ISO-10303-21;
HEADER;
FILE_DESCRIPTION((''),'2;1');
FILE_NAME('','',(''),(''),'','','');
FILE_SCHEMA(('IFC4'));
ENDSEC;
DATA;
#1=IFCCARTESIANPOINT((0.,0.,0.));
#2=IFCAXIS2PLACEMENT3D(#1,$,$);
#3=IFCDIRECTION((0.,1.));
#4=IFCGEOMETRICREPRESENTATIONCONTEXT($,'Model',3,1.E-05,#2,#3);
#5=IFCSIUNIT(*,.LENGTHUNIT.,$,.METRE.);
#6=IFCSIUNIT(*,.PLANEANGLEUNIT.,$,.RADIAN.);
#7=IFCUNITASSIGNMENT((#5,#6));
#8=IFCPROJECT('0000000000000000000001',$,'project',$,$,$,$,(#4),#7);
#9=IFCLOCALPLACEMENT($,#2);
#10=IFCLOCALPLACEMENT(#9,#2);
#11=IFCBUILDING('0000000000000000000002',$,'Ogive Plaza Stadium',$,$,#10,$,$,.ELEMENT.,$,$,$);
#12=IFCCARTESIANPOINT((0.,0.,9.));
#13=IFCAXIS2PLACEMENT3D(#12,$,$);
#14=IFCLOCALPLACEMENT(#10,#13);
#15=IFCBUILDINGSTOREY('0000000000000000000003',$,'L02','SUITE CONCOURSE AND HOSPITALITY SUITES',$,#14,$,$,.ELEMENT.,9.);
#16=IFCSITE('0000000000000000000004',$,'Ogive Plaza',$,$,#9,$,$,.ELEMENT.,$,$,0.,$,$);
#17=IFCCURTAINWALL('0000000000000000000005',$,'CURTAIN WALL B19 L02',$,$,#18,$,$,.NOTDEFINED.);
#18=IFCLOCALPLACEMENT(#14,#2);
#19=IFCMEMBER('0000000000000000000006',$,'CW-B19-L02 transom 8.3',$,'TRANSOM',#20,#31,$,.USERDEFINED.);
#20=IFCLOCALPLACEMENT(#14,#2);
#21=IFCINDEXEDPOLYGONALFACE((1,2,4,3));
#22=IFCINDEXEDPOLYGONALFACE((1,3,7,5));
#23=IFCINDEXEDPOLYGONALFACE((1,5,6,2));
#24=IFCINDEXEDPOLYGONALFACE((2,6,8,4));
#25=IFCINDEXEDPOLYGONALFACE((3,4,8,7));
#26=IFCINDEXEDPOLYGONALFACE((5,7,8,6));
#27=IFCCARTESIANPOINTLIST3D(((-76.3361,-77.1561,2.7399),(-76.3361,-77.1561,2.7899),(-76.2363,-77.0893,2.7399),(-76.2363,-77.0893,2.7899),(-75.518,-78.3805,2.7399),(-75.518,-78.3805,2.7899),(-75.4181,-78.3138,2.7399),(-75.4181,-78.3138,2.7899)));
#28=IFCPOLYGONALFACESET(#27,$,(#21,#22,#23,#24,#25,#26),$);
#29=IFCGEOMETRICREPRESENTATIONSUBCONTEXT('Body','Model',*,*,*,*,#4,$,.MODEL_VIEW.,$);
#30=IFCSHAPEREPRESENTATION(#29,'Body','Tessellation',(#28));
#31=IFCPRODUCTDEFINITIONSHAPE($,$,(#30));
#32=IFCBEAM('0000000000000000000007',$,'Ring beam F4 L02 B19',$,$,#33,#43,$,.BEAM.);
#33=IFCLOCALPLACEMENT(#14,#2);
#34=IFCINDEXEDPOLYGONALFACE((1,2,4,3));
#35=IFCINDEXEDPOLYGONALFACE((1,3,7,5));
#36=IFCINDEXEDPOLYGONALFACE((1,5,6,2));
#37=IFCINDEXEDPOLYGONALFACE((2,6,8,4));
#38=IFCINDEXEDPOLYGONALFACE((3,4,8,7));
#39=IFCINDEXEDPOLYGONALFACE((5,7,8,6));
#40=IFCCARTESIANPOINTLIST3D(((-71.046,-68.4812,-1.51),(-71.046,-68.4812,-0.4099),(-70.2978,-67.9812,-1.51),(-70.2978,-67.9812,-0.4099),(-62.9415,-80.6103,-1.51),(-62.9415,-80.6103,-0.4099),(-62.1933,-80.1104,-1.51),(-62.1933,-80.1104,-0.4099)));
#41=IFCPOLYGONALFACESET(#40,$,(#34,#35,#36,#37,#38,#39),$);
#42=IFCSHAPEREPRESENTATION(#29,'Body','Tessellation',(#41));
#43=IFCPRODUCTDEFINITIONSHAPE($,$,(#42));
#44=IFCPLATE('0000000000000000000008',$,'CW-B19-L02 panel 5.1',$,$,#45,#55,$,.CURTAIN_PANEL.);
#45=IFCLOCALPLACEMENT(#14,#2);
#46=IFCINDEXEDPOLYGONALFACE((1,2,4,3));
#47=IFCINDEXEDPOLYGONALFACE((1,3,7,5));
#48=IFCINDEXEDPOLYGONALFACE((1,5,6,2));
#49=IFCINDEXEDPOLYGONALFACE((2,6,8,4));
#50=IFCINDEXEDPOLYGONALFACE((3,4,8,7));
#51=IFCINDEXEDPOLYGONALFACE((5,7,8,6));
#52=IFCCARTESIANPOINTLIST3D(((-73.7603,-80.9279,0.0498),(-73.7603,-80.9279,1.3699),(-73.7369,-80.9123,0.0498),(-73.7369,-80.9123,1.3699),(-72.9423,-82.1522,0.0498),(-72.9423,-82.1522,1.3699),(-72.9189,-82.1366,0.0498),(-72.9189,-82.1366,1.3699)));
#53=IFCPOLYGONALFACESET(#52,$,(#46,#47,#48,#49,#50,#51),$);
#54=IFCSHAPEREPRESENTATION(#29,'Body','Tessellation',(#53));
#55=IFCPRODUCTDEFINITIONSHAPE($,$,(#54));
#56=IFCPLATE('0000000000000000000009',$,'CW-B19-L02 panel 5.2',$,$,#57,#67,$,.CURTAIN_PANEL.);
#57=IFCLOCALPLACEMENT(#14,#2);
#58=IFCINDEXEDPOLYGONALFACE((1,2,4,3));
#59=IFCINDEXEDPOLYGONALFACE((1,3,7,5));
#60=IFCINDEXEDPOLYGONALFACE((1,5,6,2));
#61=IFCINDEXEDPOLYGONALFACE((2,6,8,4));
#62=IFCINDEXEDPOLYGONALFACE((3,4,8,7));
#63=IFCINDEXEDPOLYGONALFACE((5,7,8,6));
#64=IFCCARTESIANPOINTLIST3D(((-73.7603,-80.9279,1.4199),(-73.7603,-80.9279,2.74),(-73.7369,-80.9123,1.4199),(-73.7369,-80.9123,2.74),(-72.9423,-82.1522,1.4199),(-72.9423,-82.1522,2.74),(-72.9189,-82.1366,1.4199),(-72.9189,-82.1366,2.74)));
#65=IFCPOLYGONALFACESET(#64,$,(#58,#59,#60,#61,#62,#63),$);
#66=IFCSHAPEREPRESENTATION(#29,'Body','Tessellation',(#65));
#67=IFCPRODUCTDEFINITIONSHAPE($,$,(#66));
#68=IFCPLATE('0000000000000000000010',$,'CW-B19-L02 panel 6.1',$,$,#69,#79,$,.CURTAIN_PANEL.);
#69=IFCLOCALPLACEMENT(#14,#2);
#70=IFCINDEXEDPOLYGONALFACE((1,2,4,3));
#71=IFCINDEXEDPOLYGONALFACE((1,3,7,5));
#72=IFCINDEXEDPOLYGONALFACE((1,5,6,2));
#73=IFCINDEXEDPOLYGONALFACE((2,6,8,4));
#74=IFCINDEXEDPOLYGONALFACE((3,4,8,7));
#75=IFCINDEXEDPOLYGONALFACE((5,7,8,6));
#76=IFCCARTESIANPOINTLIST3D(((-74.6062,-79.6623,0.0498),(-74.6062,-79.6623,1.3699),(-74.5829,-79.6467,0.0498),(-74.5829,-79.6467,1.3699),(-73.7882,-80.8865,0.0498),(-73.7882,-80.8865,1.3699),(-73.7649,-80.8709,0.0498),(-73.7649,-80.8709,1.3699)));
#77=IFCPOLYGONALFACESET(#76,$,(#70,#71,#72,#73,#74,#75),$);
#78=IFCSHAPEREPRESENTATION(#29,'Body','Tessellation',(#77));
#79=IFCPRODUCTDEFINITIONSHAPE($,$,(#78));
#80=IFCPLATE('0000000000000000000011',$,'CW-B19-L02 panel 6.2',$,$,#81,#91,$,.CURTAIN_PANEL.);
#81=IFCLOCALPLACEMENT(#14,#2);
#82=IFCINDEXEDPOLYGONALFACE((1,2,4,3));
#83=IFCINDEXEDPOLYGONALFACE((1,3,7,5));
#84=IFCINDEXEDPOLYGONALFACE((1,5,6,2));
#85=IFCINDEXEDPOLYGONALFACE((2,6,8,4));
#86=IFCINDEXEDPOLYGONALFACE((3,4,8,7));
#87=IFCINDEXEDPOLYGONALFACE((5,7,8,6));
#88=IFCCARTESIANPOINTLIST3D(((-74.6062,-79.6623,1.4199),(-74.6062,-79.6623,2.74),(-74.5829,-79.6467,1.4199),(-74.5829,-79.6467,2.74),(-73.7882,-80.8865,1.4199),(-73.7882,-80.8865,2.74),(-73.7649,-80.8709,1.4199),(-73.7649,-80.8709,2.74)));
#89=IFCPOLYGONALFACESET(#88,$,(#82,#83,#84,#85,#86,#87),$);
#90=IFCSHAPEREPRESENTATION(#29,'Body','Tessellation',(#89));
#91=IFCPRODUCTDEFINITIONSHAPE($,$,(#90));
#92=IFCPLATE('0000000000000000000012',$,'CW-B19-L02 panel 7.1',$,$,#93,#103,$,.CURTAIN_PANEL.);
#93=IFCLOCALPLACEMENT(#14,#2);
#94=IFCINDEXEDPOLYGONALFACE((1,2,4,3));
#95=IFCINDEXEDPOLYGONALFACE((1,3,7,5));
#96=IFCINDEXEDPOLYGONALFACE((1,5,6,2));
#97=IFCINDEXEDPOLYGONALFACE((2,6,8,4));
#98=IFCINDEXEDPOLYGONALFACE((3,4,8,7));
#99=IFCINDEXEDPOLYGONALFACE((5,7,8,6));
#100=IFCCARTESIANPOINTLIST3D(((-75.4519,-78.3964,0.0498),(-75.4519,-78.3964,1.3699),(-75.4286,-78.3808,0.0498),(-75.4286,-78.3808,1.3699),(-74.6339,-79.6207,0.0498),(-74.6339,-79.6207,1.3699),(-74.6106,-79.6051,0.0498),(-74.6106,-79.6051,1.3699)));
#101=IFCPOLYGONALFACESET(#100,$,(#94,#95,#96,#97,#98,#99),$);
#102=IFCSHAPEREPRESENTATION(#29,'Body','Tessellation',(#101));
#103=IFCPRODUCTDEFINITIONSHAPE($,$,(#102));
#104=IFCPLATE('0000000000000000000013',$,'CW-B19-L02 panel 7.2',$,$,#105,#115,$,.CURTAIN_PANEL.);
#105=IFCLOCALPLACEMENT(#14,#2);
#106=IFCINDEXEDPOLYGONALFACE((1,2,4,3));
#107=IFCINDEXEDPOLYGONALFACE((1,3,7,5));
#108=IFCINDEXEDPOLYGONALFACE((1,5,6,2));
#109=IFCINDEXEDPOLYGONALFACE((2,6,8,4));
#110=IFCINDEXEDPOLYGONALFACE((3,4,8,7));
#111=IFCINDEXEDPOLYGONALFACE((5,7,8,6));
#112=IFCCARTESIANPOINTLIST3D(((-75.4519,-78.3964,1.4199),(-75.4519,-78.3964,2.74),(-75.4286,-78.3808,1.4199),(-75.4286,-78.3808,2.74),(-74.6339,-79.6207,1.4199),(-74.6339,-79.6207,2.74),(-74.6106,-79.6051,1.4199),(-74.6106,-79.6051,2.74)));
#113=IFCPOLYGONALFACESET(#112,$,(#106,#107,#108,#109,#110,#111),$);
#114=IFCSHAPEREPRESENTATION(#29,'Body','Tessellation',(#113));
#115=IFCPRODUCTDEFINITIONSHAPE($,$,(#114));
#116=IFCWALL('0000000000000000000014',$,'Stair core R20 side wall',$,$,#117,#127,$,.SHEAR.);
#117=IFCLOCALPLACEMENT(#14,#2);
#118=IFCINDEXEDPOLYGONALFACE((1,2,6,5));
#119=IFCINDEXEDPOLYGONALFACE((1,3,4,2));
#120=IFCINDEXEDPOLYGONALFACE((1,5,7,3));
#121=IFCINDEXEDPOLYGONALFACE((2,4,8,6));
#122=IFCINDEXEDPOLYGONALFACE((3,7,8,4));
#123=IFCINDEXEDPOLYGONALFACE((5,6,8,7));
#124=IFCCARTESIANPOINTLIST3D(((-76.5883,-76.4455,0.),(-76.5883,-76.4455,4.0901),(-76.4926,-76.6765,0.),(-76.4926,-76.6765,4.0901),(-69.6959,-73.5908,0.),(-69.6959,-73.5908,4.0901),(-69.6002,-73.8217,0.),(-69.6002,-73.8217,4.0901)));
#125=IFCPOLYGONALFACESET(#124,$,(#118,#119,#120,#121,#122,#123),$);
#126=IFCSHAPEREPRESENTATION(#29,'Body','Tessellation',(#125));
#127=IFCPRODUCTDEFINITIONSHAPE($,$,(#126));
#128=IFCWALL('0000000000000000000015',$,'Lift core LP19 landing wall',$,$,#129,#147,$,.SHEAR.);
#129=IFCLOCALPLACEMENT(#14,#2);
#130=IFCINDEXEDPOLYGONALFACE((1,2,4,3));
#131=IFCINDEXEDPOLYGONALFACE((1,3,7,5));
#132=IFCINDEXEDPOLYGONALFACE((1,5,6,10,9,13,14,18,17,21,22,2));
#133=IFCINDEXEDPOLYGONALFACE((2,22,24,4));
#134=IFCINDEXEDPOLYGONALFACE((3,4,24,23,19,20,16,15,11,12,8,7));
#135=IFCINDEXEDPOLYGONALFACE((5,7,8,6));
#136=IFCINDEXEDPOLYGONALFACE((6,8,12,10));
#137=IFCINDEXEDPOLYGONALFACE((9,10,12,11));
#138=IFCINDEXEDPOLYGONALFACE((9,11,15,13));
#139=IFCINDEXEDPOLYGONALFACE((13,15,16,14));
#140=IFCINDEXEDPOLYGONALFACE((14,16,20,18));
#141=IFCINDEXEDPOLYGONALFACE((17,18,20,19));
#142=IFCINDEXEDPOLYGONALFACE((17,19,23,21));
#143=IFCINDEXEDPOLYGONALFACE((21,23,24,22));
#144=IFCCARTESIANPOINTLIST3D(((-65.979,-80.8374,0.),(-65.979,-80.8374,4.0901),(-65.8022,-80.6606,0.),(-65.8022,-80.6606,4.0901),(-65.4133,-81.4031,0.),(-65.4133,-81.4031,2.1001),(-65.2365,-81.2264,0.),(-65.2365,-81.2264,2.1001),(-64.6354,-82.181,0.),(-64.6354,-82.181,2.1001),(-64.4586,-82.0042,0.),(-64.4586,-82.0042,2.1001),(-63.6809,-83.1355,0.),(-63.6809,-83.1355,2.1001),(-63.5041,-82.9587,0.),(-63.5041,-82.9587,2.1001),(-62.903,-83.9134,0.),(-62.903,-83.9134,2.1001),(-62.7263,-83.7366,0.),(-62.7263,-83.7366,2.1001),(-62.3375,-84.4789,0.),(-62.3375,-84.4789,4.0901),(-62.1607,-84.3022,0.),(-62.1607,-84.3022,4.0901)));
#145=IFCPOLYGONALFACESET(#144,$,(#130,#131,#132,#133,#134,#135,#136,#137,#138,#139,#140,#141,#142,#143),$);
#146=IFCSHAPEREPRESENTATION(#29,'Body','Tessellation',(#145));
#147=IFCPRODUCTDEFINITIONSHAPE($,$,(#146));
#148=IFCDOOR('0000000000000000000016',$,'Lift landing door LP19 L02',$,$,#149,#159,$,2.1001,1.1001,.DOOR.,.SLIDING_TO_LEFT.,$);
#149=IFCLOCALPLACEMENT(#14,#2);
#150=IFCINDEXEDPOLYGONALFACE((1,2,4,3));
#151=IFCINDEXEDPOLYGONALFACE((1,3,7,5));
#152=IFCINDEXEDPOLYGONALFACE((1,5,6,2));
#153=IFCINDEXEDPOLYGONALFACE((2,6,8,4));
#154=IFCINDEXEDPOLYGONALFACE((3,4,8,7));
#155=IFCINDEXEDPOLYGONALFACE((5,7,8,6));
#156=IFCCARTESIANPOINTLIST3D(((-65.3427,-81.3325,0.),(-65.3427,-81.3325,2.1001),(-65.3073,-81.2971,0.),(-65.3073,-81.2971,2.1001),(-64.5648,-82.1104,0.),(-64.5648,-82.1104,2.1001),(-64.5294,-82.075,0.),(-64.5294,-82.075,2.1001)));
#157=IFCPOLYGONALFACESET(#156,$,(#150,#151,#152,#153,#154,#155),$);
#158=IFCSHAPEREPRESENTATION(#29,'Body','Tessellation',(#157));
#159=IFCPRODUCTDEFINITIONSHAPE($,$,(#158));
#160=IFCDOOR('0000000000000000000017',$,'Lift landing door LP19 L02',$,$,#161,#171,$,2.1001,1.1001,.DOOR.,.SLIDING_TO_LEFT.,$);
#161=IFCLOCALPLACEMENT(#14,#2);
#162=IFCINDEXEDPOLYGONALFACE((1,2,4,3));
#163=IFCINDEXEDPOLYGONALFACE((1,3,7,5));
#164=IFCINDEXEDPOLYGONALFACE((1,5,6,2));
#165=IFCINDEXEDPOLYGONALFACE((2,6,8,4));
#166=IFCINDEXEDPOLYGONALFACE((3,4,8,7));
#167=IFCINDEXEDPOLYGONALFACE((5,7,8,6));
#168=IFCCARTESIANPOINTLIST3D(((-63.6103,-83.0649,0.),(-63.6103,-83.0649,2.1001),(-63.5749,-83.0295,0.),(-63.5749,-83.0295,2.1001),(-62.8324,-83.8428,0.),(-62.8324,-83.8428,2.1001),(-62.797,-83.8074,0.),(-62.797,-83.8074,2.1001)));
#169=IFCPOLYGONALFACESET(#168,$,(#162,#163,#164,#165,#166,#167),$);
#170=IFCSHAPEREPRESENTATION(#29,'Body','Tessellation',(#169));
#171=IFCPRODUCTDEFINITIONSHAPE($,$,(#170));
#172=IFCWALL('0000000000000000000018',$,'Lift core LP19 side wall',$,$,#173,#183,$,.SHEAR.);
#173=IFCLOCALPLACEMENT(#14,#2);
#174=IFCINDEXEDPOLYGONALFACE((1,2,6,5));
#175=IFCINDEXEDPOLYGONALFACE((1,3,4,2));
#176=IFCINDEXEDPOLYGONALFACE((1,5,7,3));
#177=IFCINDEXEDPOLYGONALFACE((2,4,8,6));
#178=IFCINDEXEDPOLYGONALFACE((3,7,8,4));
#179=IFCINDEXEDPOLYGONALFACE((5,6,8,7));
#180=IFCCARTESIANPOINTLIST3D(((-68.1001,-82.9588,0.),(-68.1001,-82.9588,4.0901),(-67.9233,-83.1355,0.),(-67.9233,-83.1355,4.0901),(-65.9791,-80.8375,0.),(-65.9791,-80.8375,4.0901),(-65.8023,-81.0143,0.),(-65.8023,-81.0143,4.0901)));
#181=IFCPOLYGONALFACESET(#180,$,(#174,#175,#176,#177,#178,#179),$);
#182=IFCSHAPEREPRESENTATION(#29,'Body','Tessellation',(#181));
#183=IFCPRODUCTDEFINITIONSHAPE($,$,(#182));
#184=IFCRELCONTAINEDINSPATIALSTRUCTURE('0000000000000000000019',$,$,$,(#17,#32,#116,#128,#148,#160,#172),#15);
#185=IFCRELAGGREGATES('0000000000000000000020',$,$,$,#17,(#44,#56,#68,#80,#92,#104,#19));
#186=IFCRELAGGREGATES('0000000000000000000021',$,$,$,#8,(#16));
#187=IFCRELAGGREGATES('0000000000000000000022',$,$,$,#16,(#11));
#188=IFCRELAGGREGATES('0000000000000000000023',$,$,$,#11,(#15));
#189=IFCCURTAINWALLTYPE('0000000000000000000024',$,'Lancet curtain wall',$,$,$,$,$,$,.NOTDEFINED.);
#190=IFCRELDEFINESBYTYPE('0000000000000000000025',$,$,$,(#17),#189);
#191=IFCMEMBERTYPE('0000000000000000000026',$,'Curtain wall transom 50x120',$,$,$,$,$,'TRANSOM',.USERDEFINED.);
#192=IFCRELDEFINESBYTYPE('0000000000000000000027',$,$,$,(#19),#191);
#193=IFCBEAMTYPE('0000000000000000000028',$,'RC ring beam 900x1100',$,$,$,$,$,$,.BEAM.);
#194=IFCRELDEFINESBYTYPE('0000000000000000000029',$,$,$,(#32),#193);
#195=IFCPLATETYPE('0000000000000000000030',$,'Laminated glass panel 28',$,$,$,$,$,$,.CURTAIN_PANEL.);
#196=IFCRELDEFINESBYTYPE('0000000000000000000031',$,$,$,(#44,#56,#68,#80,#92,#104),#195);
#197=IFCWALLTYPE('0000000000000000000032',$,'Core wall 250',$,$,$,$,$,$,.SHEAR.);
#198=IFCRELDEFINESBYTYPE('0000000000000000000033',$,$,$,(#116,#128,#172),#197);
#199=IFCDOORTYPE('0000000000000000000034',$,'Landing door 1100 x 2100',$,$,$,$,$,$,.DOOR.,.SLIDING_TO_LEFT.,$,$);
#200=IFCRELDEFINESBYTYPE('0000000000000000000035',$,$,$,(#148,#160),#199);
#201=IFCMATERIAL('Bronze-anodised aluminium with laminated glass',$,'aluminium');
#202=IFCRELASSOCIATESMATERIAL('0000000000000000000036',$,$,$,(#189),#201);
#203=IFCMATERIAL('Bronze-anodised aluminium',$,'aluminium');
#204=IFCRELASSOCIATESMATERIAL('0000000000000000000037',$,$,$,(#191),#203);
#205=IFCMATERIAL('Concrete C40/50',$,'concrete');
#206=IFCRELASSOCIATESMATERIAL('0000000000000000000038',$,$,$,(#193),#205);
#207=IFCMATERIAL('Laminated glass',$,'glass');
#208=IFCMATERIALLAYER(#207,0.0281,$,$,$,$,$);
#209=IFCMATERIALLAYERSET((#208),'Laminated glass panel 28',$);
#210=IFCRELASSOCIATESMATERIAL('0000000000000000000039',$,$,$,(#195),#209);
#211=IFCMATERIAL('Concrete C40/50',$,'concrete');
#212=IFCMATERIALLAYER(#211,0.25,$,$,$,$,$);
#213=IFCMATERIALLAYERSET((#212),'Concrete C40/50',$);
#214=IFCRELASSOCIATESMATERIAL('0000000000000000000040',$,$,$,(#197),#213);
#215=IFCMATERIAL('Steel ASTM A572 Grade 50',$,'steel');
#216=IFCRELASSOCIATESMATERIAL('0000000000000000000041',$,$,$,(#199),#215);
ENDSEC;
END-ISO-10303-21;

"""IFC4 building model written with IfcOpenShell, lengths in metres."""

from ifc_helpers import new_model, si_unit, direction, frame, frame_2d, origin, origin_2d, place, context, subcontext, project, spatial, rectangle, extrude, material, layer, layer_set, material_profile, profile_set, type_object, element, fill, aggregate, save


model = new_model("IFC4")

# Units and contexts
model_context = context("Model", 3, precision=1e-05, world=origin(), true_north=direction((0.0, 1.0)))
body_context = subcontext(model_context, "Body", "Model", "MODEL_VIEW")
ifc_project = project(units=[si_unit("LENGTHUNIT", "METRE"), si_unit("PLANEANGLEUNIT", "RADIAN")], contexts=[model_context])

# Site, building, storey
site_placement = place(None, origin())
site = spatial("IfcSite", under=ifc_project, at=site_placement, Name="Ogive Plaza", CompositionType="ELEMENT", RefElevation=0.0)
building_placement = place(site_placement, origin())
building = spatial("IfcBuilding", under=site, at=building_placement, Name="Ogive Plaza Stadium", CompositionType="ELEMENT")
storey_placement = place(building_placement, frame((0.0, 0.0, 9.0)))
storey = spatial("IfcBuildingStorey", under=building, at=storey_placement, Name="L02", Description="SUITE CONCOURSE AND HOSPITALITY SUITES", CompositionType="ELEMENT", Elevation=9.0)

# Curtain wall, member
ifc_material_1 = material(Name="Bronze-anodised aluminium with laminated glass", Category="aluminium")
curtain_wall_type = type_object("IfcCurtainWallType", Name="Lancet curtain wall", PredefinedType="NOTDEFINED", material=ifc_material_1)
curtain_wall_placement = place(storey_placement, origin())
curtain_wall = element("IfcCurtainWall", 1, at=curtain_wall_placement, inside=storey, type_object=curtain_wall_type, Name="CURTAIN WALL B19 L02", PredefinedType="NOTDEFINED")
ifc_material_2 = material(Name="Bronze-anodised aluminium", Category="aluminium")
ifc_material_profile_1 = material_profile(ifc_material_2, rectangle(XDim=0.1201, YDim=0.05, at=origin_2d()), Name="AL 120x50")
ifc_profile_set_1 = profile_set([ifc_material_profile_1], Name="Bronze-anodised aluminium")
member_type_1 = type_object("IfcMemberType", Name="Curtain wall transom 50x120", ElementType="TRANSOM", PredefinedType="USERDEFINED", material=ifc_profile_set_1)
member_1_placement = place(storey_placement, frame((-75.468, -78.3472, 2.7649), z_axis=(-0.55558, 0.831463, 0.0), x_axis=(-0.831463, -0.55558, 0.0)))
member_1 = element("IfcMember", 2, at=member_1_placement, type_object=member_type_1, Name="CW-B19-L02 transom 8.3", ObjectType="TRANSOM", PredefinedType="USERDEFINED", context=body_context, shape_type="SweptSolid", body=[
    extrude(rectangle(XDim=0.1201, YDim=0.05, at=origin_2d()), origin(), (0.0, 0.0, 1.0), 1.4727),
])

# Beam
ifc_material_3 = material(Name="Concrete C40/50", Category="concrete")
ifc_material_profile_2 = material_profile(ifc_material_3, rectangle(XDim=0.8999, YDim=1.1001, at=origin_2d()), Name="RC 900x1100")
ifc_profile_set_2 = profile_set([ifc_material_profile_2], Name="Concrete C40/50")
beam_type = type_object("IfcBeamType", Name="RC ring beam 900x1100", PredefinedType="BEAM", material=ifc_profile_set_2)
beam_placement = place(storey_placement, frame((-62.5674, -80.3604, -0.96), z_axis=(-0.555573, 0.831468, 0.0), x_axis=(-0.831468, -0.555573, 0.0)))
element("IfcBeam", 3, at=beam_placement, inside=storey, type_object=beam_type, Name="Ring beam F4 L02 B19", PredefinedType="BEAM", context=body_context, shape_type="SweptSolid", body=[
    extrude(rectangle(XDim=0.8999, YDim=1.1001, at=origin_2d()), origin(), (0.0, 0.0, 1.0), 14.5876),
])

# Plates
ifc_material_4 = material(Name="Laminated glass", Category="glass")
ifc_layer_1 = layer(ifc_material_4, 0.0281)
ifc_layer_set_1 = layer_set([ifc_layer_1], Name="Laminated glass panel 28")
plate_type = type_object("IfcPlateType", Name="Laminated glass panel 28", PredefinedType="CURTAIN_PANEL", material=ifc_layer_set_1)
plate_1_placement = place(storey_placement, frame((-73.3396, -81.5322, 0.0498), z_axis=(0.0, 0.0, 1.0), x_axis=(-0.55557, 0.83147, 0.0)))
plate_1 = element("IfcPlate", 4, at=plate_1_placement, type_object=plate_type, Name="CW-B19-L02 panel 5.1", PredefinedType="CURTAIN_PANEL", context=body_context, shape_type="SweptSolid", body=[
    extrude(rectangle(XDim=1.4724, YDim=0.0281, at=origin_2d()), origin(), (0.0, 0.0, 1.0), 1.3201),
])
plate_2_placement = place(storey_placement, frame((-73.3396, -81.5322, 1.4199), z_axis=(0.0, 0.0, 1.0), x_axis=(-0.55557, 0.83147, 0.0)))
plate_2 = element("IfcPlate", 5, at=plate_2_placement, type_object=plate_type, Name="CW-B19-L02 panel 5.2", PredefinedType="CURTAIN_PANEL", context=body_context, shape_type="SweptSolid", body=[
    extrude(rectangle(XDim=1.4724, YDim=0.0281, at=origin_2d()), origin(), (0.0, 0.0, 1.0), 1.3201),
])
plate_3_placement = place(storey_placement, frame((-74.1855, -80.2666, 0.0498), z_axis=(0.0, 0.0, 1.0), x_axis=(-0.55557, 0.83147, 0.0)))
plate_3 = element("IfcPlate", 6, at=plate_3_placement, type_object=plate_type, Name="CW-B19-L02 panel 6.1", PredefinedType="CURTAIN_PANEL", context=body_context, shape_type="SweptSolid", body=[
    extrude(rectangle(XDim=1.4724, YDim=0.0281, at=origin_2d()), origin(), (0.0, 0.0, 1.0), 1.3201),
])
plate_4_placement = place(storey_placement, frame((-74.1855, -80.2666, 1.4199), z_axis=(0.0, 0.0, 1.0), x_axis=(-0.55557, 0.83147, 0.0)))
plate_4 = element("IfcPlate", 7, at=plate_4_placement, type_object=plate_type, Name="CW-B19-L02 panel 6.2", PredefinedType="CURTAIN_PANEL", context=body_context, shape_type="SweptSolid", body=[
    extrude(rectangle(XDim=1.4724, YDim=0.0281, at=origin_2d()), origin(), (0.0, 0.0, 1.0), 1.3201),
])
plate_5_placement = place(storey_placement, frame((-75.0312, -79.0007, 0.0498), z_axis=(0.0, 0.0, 1.0), x_axis=(-0.55557, 0.83147, 0.0)))
plate_5 = element("IfcPlate", 8, at=plate_5_placement, type_object=plate_type, Name="CW-B19-L02 panel 7.1", PredefinedType="CURTAIN_PANEL", context=body_context, shape_type="SweptSolid", body=[
    extrude(rectangle(XDim=1.4724, YDim=0.0281, at=origin_2d()), origin(), (0.0, 0.0, 1.0), 1.3201),
])
plate_6_placement = place(storey_placement, frame((-75.0312, -79.0007, 1.4199), z_axis=(0.0, 0.0, 1.0), x_axis=(-0.55557, 0.83147, 0.0)))
plate_6 = element("IfcPlate", 9, at=plate_6_placement, type_object=plate_type, Name="CW-B19-L02 panel 7.2", PredefinedType="CURTAIN_PANEL", context=body_context, shape_type="SweptSolid", body=[
    extrude(rectangle(XDim=1.4724, YDim=0.0281, at=origin_2d()), origin(), (0.0, 0.0, 1.0), 1.3201),
])
aggregate(curtain_wall, [plate_1, plate_2, plate_3, plate_4, plate_5, plate_6, member_1])

# Wall
ifc_material_5 = material(Name="Concrete C40/50", Category="concrete")
ifc_layer_2 = layer(ifc_material_5, 0.25)
ifc_layer_set_2 = layer_set([ifc_layer_2], Name="Concrete C40/50")
wall_type = type_object("IfcWallType", Name="Core wall 250", PredefinedType="SHEAR", material=ifc_layer_set_2)
wall_1_placement = place(storey_placement, frame((-69.6482, -73.7063, 0.0), z_axis=(0.0, 0.0, 1.0), x_axis=(-0.923887, -0.382665, 0.0)))
element("IfcWall", 10, at=wall_1_placement, inside=storey, type_object=wall_type, Name="Stair core R20 side wall", PredefinedType="SHEAR", context=body_context, shape_type="SweptSolid", body=[
    extrude(rectangle(XDim=7.4602, YDim=0.25, at=frame_2d((3.73, 0.0))), origin(), (0.0, 0.0, 1.0), 4.0901),
])

# Wall, openings, doors
wall_2_placement = place(storey_placement, frame((-65.8906, -80.749, 0.0), z_axis=(0.0, 0.0, 1.0), x_axis=(0.707107, -0.707107, 0.0)))
wall_2 = element("IfcWall", 11, at=wall_2_placement, inside=storey, type_object=wall_type, Name="Lift core LP19 landing wall", PredefinedType="SHEAR", context=body_context, shape_type="SweptSolid", body=[
    extrude(rectangle(XDim=5.1499, YDim=0.25, at=frame_2d((2.575, 0.0))), origin(), (0.0, 0.0, 1.0), 4.0901),
])
opening_1_placement = place(wall_2_placement, frame((0.8, 0.0, 0.0)))
opening_1 = element("IfcOpeningElement", 12, at=opening_1_placement, cuts=wall_2, PredefinedType="OPENING", context=body_context, shape_type="SweptSolid", body=[
    extrude(rectangle(XDim=1.1001, YDim=2.1001, at=frame_2d((0.55, 1.05))), frame((0.0, 0.125, 0.0), z_axis=(0.0, -1.0, 0.0), x_axis=(1.0, 0.0, 0.0)), (0.0, 0.0, 1.0), 0.25),
])
opening_2_placement = place(wall_2_placement, frame((3.25, 0.0, 0.0)))
opening_2 = element("IfcOpeningElement", 13, at=opening_2_placement, cuts=wall_2, PredefinedType="OPENING", context=body_context, shape_type="SweptSolid", body=[
    extrude(rectangle(XDim=1.1001, YDim=2.1001, at=frame_2d((0.55, 1.05))), frame((0.0, 0.125, 0.0), z_axis=(0.0, -1.0, 0.0), x_axis=(1.0, 0.0, 0.0)), (0.0, 0.0, 1.0), 0.25),
])
ifc_material_6 = material(Name="Steel ASTM A572 Grade 50", Category="steel")
door_type = type_object("IfcDoorType", Name="Landing door 1100 x 2100", OperationType="SLIDING_TO_LEFT", PredefinedType="DOOR", material=ifc_material_6)
door_1_placement = place(opening_1_placement, origin())
door_1 = element("IfcDoor", 14, at=door_1_placement, inside=storey, type_object=door_type, Name="Lift landing door LP19 L02", OperationType="SLIDING_TO_LEFT", OverallHeight=2.1001, OverallWidth=1.1001, PredefinedType="DOOR", context=body_context, shape_type="SweptSolid", body=[
    extrude(rectangle(XDim=1.1001, YDim=2.1001, at=frame_2d((0.55, 1.05))), frame((0.0, 0.0249, 0.0), z_axis=(0.0, -1.0, 0.0), x_axis=(1.0, 0.0, 0.0)), (0.0, 0.0, 1.0), 0.05),
])
fill(opening_1, door_1)
door_2_placement = place(opening_2_placement, origin())
door_2 = element("IfcDoor", 15, at=door_2_placement, inside=storey, type_object=door_type, Name="Lift landing door LP19 L02", OperationType="SLIDING_TO_LEFT", OverallHeight=2.1001, OverallWidth=1.1001, PredefinedType="DOOR", context=body_context, shape_type="SweptSolid", body=[
    extrude(rectangle(XDim=1.1001, YDim=2.1001, at=frame_2d((0.55, 1.05))), frame((0.0, 0.0249, 0.0), z_axis=(0.0, -1.0, 0.0), x_axis=(1.0, 0.0, 0.0)), (0.0, 0.0, 1.0), 0.05),
])
fill(opening_2, door_2)

# Wall
wall_3_placement = place(storey_placement, frame((-65.8906, -80.9258, 0.0), z_axis=(0.0, 0.0, 1.0), x_axis=(-0.707066, -0.707147, 0.0)))
element("IfcWall", 16, at=wall_3_placement, inside=storey, type_object=wall_type, Name="Lift core LP19 side wall", PredefinedType="SHEAR", context=body_context, shape_type="SweptSolid", body=[
    extrude(rectangle(XDim=2.9998, YDim=0.25, at=frame_2d((1.5, 0.0))), origin(), (0.0, 0.0, 1.0), 4.0901),
])

save(model, "model.ifc")
